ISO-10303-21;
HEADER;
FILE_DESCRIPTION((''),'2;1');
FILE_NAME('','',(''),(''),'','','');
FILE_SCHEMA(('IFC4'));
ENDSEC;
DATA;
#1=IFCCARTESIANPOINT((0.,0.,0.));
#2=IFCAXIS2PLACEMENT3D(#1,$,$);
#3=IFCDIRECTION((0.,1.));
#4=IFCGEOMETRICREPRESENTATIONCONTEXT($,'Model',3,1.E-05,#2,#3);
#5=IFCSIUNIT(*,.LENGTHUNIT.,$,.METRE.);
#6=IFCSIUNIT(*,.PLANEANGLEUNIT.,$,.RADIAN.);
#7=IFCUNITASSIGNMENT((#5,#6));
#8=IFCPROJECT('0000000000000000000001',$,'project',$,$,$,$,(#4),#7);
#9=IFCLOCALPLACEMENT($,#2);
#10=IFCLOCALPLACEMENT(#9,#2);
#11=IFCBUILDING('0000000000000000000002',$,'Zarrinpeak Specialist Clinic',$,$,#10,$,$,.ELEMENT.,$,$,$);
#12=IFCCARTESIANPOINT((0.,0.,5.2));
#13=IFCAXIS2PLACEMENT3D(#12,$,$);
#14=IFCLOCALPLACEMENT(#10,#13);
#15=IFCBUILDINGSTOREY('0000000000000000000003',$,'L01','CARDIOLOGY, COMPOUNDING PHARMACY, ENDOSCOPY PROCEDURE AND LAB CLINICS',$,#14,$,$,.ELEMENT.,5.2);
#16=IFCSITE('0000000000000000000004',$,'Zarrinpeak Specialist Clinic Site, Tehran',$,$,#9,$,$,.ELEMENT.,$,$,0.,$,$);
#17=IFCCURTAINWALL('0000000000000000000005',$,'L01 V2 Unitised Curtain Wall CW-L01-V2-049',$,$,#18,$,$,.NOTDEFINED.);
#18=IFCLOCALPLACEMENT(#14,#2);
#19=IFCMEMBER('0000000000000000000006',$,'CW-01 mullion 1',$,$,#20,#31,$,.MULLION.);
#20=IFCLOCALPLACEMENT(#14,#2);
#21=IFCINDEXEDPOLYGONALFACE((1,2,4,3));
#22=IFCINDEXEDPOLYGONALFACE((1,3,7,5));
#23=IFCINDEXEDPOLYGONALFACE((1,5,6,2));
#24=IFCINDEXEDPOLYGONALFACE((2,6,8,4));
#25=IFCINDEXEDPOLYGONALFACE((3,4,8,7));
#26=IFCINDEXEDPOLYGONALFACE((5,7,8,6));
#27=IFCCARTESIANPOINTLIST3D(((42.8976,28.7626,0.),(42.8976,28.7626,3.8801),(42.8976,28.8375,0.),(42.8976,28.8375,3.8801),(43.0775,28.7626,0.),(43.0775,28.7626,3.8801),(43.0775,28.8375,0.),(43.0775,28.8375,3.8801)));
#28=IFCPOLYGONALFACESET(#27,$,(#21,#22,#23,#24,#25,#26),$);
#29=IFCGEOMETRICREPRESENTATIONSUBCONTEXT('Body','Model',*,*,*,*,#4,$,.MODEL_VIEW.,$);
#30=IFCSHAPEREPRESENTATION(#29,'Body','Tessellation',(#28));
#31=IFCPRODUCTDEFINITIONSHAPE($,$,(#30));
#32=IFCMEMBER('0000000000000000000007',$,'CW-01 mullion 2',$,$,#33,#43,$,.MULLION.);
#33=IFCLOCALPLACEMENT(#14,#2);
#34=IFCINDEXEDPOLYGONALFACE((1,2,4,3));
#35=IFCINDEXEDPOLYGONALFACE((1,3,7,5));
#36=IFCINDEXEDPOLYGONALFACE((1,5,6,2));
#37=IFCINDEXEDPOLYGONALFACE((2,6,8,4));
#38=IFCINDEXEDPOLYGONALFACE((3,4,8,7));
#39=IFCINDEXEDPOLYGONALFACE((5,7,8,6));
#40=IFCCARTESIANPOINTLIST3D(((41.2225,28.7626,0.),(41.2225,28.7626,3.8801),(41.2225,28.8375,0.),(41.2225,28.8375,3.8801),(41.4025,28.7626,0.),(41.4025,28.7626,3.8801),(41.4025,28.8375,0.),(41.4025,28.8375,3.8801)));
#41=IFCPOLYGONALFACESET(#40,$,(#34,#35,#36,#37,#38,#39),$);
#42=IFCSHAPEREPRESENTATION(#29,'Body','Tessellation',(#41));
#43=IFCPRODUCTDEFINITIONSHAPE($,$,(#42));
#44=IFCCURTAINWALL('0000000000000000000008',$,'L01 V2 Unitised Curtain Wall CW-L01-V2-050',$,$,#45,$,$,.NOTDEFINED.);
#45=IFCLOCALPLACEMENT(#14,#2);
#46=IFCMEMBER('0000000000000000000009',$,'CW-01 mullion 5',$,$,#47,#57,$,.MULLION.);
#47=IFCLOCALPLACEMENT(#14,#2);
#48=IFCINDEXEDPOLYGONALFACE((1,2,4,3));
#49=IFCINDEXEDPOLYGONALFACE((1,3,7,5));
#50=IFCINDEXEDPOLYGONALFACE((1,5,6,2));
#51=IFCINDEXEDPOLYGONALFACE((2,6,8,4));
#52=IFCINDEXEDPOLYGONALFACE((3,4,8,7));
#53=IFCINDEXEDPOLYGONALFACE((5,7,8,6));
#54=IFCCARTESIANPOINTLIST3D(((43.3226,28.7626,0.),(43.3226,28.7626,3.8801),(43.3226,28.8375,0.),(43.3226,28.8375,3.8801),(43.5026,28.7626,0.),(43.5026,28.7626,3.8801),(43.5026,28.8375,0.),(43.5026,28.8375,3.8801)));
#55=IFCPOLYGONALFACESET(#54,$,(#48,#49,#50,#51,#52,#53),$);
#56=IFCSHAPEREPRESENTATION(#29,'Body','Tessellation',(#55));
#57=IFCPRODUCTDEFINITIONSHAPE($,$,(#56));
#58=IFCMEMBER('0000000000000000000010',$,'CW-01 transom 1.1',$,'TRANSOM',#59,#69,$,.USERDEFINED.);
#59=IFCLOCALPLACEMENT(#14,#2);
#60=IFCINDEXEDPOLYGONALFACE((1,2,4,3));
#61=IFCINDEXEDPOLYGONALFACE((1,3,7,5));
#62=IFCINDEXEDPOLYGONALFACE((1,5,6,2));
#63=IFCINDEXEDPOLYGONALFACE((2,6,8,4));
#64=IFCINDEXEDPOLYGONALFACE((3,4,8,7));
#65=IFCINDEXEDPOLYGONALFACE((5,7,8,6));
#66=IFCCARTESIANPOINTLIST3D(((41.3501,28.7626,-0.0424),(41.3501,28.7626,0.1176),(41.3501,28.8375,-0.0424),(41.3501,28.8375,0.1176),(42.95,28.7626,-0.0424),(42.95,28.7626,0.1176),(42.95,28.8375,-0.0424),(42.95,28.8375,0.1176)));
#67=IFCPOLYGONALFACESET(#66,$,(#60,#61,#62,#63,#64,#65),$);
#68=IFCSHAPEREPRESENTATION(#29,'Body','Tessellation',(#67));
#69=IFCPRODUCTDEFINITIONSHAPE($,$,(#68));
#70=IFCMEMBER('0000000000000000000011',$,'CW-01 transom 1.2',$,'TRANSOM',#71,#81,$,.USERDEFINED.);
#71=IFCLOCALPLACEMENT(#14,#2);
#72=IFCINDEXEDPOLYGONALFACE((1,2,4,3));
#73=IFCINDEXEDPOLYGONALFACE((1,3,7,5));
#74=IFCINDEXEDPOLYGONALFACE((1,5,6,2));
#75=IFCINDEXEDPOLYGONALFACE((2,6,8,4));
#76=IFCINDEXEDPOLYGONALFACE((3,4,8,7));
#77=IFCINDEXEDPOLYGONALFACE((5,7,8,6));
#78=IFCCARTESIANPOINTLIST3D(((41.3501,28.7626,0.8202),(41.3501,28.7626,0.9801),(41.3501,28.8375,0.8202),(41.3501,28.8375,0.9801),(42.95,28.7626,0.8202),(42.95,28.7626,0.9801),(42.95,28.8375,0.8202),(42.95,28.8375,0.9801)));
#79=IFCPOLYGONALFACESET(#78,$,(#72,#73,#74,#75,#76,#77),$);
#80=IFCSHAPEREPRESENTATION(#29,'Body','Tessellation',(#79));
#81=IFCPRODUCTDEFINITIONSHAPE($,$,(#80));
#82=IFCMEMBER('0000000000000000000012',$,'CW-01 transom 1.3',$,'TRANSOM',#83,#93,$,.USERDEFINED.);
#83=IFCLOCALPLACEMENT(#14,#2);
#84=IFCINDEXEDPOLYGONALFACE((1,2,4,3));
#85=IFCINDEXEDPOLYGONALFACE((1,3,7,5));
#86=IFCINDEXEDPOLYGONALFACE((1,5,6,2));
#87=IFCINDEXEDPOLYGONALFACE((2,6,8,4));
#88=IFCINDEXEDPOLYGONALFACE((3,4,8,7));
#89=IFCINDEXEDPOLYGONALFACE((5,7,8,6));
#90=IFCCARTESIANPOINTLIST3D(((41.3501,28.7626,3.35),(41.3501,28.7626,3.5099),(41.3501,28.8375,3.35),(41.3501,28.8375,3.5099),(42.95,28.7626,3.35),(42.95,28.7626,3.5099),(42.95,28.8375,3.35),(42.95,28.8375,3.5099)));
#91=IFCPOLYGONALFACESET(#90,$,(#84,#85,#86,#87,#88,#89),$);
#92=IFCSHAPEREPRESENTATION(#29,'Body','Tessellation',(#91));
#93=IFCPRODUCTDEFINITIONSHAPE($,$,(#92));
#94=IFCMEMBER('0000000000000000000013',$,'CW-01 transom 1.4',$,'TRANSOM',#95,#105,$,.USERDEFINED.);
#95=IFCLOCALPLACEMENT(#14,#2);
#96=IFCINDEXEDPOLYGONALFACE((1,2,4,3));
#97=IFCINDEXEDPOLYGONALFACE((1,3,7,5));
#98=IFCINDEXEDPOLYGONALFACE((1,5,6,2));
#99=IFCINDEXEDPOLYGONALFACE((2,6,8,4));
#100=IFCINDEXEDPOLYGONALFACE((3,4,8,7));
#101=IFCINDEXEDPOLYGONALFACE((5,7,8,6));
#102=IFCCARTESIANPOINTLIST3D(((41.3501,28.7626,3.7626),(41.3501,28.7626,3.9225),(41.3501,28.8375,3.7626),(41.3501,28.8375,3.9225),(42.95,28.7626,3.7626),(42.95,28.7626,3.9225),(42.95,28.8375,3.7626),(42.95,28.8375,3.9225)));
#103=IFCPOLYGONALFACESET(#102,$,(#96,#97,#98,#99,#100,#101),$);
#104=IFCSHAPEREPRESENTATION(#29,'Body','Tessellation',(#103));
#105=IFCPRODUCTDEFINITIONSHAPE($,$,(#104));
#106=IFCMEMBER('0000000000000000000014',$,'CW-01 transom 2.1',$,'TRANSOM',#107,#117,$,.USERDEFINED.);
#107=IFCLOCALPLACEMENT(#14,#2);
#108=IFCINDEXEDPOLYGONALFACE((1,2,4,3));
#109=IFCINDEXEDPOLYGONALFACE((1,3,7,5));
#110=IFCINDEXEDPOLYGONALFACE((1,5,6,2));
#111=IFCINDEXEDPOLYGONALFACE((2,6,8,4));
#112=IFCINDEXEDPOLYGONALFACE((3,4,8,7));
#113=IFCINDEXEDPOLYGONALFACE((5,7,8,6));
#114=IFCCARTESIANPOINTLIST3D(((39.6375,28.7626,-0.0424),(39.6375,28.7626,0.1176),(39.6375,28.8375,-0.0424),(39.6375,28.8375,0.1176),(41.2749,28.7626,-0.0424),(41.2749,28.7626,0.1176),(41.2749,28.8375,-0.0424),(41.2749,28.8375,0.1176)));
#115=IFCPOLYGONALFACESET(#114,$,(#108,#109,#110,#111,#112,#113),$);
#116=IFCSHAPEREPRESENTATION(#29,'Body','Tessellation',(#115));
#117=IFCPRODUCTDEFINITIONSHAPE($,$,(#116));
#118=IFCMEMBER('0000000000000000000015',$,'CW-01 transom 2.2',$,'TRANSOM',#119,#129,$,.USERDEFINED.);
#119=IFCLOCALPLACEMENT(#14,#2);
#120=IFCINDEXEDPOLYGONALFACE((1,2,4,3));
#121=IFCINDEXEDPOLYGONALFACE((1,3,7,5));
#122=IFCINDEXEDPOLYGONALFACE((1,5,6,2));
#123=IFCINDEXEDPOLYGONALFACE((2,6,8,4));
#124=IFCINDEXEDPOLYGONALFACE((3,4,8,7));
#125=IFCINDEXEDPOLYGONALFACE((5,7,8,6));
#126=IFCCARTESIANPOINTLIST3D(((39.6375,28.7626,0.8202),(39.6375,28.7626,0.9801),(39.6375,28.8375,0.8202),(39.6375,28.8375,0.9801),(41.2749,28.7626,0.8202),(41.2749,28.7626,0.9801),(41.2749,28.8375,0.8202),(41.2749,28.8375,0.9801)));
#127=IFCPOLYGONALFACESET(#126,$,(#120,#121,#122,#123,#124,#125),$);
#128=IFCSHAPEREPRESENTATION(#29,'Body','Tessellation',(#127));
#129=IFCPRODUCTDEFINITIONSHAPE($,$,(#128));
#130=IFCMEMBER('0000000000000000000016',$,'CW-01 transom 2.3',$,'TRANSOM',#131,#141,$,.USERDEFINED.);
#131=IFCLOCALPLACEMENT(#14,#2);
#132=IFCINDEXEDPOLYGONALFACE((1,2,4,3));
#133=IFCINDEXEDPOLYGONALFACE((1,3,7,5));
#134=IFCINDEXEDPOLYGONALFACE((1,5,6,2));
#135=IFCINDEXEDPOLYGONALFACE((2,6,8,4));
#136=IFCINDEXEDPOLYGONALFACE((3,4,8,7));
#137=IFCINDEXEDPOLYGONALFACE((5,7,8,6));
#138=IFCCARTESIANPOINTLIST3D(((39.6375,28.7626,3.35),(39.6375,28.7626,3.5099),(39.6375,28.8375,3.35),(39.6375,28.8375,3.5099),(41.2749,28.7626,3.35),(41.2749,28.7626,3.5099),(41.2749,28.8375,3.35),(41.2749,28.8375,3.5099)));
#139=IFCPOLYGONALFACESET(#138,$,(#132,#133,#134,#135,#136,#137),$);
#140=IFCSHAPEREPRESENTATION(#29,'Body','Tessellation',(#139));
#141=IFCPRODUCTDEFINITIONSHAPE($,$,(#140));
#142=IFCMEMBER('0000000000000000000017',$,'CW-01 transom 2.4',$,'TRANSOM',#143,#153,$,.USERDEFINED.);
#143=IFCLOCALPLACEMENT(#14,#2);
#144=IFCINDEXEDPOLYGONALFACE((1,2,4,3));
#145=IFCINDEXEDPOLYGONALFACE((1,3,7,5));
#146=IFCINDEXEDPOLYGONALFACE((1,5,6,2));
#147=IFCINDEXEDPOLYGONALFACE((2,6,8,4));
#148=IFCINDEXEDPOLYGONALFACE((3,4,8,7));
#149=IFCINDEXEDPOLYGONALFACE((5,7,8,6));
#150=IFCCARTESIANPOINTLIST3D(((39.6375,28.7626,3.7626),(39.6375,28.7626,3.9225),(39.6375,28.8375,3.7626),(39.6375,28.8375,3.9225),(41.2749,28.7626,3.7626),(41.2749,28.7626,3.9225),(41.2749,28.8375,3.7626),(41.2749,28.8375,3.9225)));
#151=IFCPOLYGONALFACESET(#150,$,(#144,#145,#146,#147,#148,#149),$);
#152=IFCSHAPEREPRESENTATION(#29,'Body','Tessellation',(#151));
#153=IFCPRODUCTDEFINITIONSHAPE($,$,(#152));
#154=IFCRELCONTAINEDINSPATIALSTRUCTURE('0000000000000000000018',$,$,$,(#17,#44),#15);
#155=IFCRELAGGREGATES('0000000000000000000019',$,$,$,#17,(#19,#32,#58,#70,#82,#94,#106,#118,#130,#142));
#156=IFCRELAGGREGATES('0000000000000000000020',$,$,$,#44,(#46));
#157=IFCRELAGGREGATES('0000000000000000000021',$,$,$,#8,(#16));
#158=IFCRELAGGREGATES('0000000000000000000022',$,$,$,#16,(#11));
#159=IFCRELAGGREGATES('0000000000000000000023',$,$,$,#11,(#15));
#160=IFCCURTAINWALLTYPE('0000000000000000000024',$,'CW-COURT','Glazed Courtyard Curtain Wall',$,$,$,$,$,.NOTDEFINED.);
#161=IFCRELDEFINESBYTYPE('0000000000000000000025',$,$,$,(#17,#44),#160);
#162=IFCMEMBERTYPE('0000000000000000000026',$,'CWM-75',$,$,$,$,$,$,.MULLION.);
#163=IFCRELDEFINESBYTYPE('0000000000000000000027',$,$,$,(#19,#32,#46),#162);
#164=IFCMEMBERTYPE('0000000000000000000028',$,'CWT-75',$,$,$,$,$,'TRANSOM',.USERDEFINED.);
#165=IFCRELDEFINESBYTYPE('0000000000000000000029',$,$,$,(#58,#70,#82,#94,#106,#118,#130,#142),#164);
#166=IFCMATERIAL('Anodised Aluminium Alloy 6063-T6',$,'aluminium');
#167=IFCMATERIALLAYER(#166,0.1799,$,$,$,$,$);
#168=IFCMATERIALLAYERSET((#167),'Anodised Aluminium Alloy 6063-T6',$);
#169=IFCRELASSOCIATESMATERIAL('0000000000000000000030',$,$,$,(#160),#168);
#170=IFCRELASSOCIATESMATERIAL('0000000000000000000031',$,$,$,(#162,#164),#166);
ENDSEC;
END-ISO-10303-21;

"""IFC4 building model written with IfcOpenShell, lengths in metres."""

from ifc_helpers import new_model, si_unit, direction, frame, origin, origin_2d, place, context, subcontext, project, spatial, rectangle, extrude, material, layer, layer_set, material_profile, profile_set, type_object, element, aggregate, save


model = new_model("IFC4")

# Units and contexts
model_context = context("Model", 3, precision=1e-05, world=origin(), true_north=direction((0.0, 1.0)))
body_context = subcontext(model_context, "Body", "Model", "MODEL_VIEW")
ifc_project = project(units=[si_unit("LENGTHUNIT", "METRE"), si_unit("PLANEANGLEUNIT", "RADIAN")], contexts=[model_context])

# Site, building, storey
site_placement = place(None, origin())
site = spatial("IfcSite", under=ifc_project, at=site_placement, Name="Zarrinpeak Specialist Clinic Site, Tehran", CompositionType="ELEMENT", RefElevation=0.0)
building_placement = place(site_placement, origin())
building = spatial("IfcBuilding", under=site, at=building_placement, Name="Zarrinpeak Specialist Clinic", CompositionType="ELEMENT")
storey_placement = place(building_placement, frame((0.0, 0.0, 5.2)))
storey = spatial("IfcBuildingStorey", under=building, at=storey_placement, Name="L01", Description="CARDIOLOGY, COMPOUNDING PHARMACY, ENDOSCOPY PROCEDURE AND LAB CLINICS", CompositionType="ELEMENT", Elevation=5.2)

# Curtain wall, members
ifc_material_1 = material(Name="Anodised Aluminium Alloy 6063-T6", Category="aluminium")
ifc_layer_1 = layer(ifc_material_1, 0.1799)
ifc_layer_set_1 = layer_set([ifc_layer_1], Name="Anodised Aluminium Alloy 6063-T6")
curtain_wall_type = type_object("IfcCurtainWallType", Name="CW-COURT", Description="Glazed Courtyard Curtain Wall", PredefinedType="NOTDEFINED", material=ifc_layer_set_1)
curtain_wall_1_placement = place(storey_placement, origin())
curtain_wall_1 = element("IfcCurtainWall", 1, at=curtain_wall_1_placement, inside=storey, type_object=curtain_wall_type, Name="L01 V2 Unitised Curtain Wall CW-L01-V2-049", PredefinedType="NOTDEFINED")
ifc_material_profile_1 = material_profile(ifc_material_1, rectangle(XDim=0.075, YDim=0.1799, at=origin_2d()), Name="ALU 75x180")
ifc_profile_set_1 = profile_set([ifc_material_profile_1], Name="Anodised Aluminium Alloy 6063-T6")
member_type_1 = type_object("IfcMemberType", Name="CWM-75", PredefinedType="MULLION", material=ifc_profile_set_1)
member_1_placement = place(storey_placement, frame((42.9875, 28.8, 0.0), z_axis=(0.0, 0.0, 1.0), x_axis=(0.0, -1.0, 0.0)))
member_1 = element("IfcMember", 2, at=member_1_placement, type_object=member_type_1, Name="CW-01 mullion 1", PredefinedType="MULLION", context=body_context, shape_type="SweptSolid", body=[
    extrude(rectangle(XDim=0.075, YDim=0.1799, at=origin_2d()), origin(), (0.0, 0.0, 1.0), 3.8801),
])
member_2_placement = place(storey_placement, frame((41.3125, 28.8, 0.0), z_axis=(0.0, 0.0, 1.0), x_axis=(0.0, -1.0, 0.0)))
member_2 = element("IfcMember", 3, at=member_2_placement, type_object=member_type_1, Name="CW-01 mullion 2", PredefinedType="MULLION", context=body_context, shape_type="SweptSolid", body=[
    extrude(rectangle(XDim=0.075, YDim=0.1799, at=origin_2d()), origin(), (0.0, 0.0, 1.0), 3.8801),
])

# Curtain wall, member
curtain_wall_2_placement = place(storey_placement, origin())
curtain_wall_2 = element("IfcCurtainWall", 4, at=curtain_wall_2_placement, inside=storey, type_object=curtain_wall_type, Name="L01 V2 Unitised Curtain Wall CW-L01-V2-050", PredefinedType="NOTDEFINED")
member_3_placement = place(storey_placement, frame((43.4126, 28.8, 0.0), z_axis=(0.0, 0.0, 1.0), x_axis=(0.0, -1.0, 0.0)))
member_3 = element("IfcMember", 5, at=member_3_placement, type_object=member_type_1, Name="CW-01 mullion 5", PredefinedType="MULLION", context=body_context, shape_type="SweptSolid", body=[
    extrude(rectangle(XDim=0.075, YDim=0.1799, at=origin_2d()), origin(), (0.0, 0.0, 1.0), 3.8801),
])

# Members
ifc_material_profile_2 = material_profile(ifc_material_1, rectangle(XDim=0.075, YDim=0.1599, at=origin_2d()), Name="ALU 75x160")
ifc_profile_set_2 = profile_set([ifc_material_profile_2], Name="Anodised Aluminium Alloy 6063-T6")
member_type_2 = type_object("IfcMemberType", Name="CWT-75", ElementType="TRANSOM", PredefinedType="USERDEFINED", material=ifc_profile_set_2)
member_4_placement = place(storey_placement, frame((42.95, 28.8, 0.0376), z_axis=(-1.0, 0.0, 0.0), x_axis=(0.0, -1.0, 0.0)))
member_4 = element("IfcMember", 6, at=member_4_placement, type_object=member_type_2, Name="CW-01 transom 1.1", ObjectType="TRANSOM", PredefinedType="USERDEFINED", context=body_context, shape_type="SweptSolid", body=[
    extrude(rectangle(XDim=0.075, YDim=0.1599, at=origin_2d()), origin(), (0.0, 0.0, 1.0), 1.5999),
])
member_5_placement = place(storey_placement, frame((42.95, 28.8, 0.9001), z_axis=(-1.0, 0.0, 0.0), x_axis=(0.0, -1.0, 0.0)))
member_5 = element("IfcMember", 7, at=member_5_placement, type_object=member_type_2, Name="CW-01 transom 1.2", ObjectType="TRANSOM", PredefinedType="USERDEFINED", context=body_context, shape_type="SweptSolid", body=[
    extrude(rectangle(XDim=0.075, YDim=0.1599, at=origin_2d()), origin(), (0.0, 0.0, 1.0), 1.5999),
])
member_6_placement = place(storey_placement, frame((42.95, 28.8, 3.4299), z_axis=(-1.0, 0.0, 0.0), x_axis=(0.0, -1.0, 0.0)))
member_6 = element("IfcMember", 8, at=member_6_placement, type_object=member_type_2, Name="CW-01 transom 1.3", ObjectType="TRANSOM", PredefinedType="USERDEFINED", context=body_context, shape_type="SweptSolid", body=[
    extrude(rectangle(XDim=0.075, YDim=0.1599, at=origin_2d()), origin(), (0.0, 0.0, 1.0), 1.5999),
])
member_7_placement = place(storey_placement, frame((42.95, 28.8, 3.8425), z_axis=(-1.0, 0.0, 0.0), x_axis=(0.0, -1.0, 0.0)))
member_7 = element("IfcMember", 9, at=member_7_placement, type_object=member_type_2, Name="CW-01 transom 1.4", ObjectType="TRANSOM", PredefinedType="USERDEFINED", context=body_context, shape_type="SweptSolid", body=[
    extrude(rectangle(XDim=0.075, YDim=0.1599, at=origin_2d()), origin(), (0.0, 0.0, 1.0), 1.5999),
])
member_8_placement = place(storey_placement, frame((41.2749, 28.8, 0.0376), z_axis=(-1.0, 0.0, 0.0), x_axis=(0.0, -1.0, 0.0)))
member_8 = element("IfcMember", 10, at=member_8_placement, type_object=member_type_2, Name="CW-01 transom 2.1", ObjectType="TRANSOM", PredefinedType="USERDEFINED", context=body_context, shape_type="SweptSolid", body=[
    extrude(rectangle(XDim=0.075, YDim=0.1599, at=origin_2d()), origin(), (0.0, 0.0, 1.0), 1.6375),
])
member_9_placement = place(storey_placement, frame((41.2749, 28.8, 0.9001), z_axis=(-1.0, 0.0, 0.0), x_axis=(0.0, -1.0, 0.0)))
member_9 = element("IfcMember", 11, at=member_9_placement, type_object=member_type_2, Name="CW-01 transom 2.2", ObjectType="TRANSOM", PredefinedType="USERDEFINED", context=body_context, shape_type="SweptSolid", body=[
    extrude(rectangle(XDim=0.075, YDim=0.1599, at=origin_2d()), origin(), (0.0, 0.0, 1.0), 1.6375),
])
member_10_placement = place(storey_placement, frame((41.2749, 28.8, 3.4299), z_axis=(-1.0, 0.0, 0.0), x_axis=(0.0, -1.0, 0.0)))
member_10 = element("IfcMember", 12, at=member_10_placement, type_object=member_type_2, Name="CW-01 transom 2.3", ObjectType="TRANSOM", PredefinedType="USERDEFINED", context=body_context, shape_type="SweptSolid", body=[
    extrude(rectangle(XDim=0.075, YDim=0.1599, at=origin_2d()), origin(), (0.0, 0.0, 1.0), 1.6375),
])
member_11_placement = place(storey_placement, frame((41.2749, 28.8, 3.8425), z_axis=(-1.0, 0.0, 0.0), x_axis=(0.0, -1.0, 0.0)))
member_11 = element("IfcMember", 13, at=member_11_placement, type_object=member_type_2, Name="CW-01 transom 2.4", ObjectType="TRANSOM", PredefinedType="USERDEFINED", context=body_context, shape_type="SweptSolid", body=[
    extrude(rectangle(XDim=0.075, YDim=0.1599, at=origin_2d()), origin(), (0.0, 0.0, 1.0), 1.6375),
])

aggregate(curtain_wall_1, [member_1, member_2, member_4, member_5, member_6, member_7, member_8, member_9, member_10, member_11])
aggregate(curtain_wall_2, [member_3])

save(model, "model.ifc")
